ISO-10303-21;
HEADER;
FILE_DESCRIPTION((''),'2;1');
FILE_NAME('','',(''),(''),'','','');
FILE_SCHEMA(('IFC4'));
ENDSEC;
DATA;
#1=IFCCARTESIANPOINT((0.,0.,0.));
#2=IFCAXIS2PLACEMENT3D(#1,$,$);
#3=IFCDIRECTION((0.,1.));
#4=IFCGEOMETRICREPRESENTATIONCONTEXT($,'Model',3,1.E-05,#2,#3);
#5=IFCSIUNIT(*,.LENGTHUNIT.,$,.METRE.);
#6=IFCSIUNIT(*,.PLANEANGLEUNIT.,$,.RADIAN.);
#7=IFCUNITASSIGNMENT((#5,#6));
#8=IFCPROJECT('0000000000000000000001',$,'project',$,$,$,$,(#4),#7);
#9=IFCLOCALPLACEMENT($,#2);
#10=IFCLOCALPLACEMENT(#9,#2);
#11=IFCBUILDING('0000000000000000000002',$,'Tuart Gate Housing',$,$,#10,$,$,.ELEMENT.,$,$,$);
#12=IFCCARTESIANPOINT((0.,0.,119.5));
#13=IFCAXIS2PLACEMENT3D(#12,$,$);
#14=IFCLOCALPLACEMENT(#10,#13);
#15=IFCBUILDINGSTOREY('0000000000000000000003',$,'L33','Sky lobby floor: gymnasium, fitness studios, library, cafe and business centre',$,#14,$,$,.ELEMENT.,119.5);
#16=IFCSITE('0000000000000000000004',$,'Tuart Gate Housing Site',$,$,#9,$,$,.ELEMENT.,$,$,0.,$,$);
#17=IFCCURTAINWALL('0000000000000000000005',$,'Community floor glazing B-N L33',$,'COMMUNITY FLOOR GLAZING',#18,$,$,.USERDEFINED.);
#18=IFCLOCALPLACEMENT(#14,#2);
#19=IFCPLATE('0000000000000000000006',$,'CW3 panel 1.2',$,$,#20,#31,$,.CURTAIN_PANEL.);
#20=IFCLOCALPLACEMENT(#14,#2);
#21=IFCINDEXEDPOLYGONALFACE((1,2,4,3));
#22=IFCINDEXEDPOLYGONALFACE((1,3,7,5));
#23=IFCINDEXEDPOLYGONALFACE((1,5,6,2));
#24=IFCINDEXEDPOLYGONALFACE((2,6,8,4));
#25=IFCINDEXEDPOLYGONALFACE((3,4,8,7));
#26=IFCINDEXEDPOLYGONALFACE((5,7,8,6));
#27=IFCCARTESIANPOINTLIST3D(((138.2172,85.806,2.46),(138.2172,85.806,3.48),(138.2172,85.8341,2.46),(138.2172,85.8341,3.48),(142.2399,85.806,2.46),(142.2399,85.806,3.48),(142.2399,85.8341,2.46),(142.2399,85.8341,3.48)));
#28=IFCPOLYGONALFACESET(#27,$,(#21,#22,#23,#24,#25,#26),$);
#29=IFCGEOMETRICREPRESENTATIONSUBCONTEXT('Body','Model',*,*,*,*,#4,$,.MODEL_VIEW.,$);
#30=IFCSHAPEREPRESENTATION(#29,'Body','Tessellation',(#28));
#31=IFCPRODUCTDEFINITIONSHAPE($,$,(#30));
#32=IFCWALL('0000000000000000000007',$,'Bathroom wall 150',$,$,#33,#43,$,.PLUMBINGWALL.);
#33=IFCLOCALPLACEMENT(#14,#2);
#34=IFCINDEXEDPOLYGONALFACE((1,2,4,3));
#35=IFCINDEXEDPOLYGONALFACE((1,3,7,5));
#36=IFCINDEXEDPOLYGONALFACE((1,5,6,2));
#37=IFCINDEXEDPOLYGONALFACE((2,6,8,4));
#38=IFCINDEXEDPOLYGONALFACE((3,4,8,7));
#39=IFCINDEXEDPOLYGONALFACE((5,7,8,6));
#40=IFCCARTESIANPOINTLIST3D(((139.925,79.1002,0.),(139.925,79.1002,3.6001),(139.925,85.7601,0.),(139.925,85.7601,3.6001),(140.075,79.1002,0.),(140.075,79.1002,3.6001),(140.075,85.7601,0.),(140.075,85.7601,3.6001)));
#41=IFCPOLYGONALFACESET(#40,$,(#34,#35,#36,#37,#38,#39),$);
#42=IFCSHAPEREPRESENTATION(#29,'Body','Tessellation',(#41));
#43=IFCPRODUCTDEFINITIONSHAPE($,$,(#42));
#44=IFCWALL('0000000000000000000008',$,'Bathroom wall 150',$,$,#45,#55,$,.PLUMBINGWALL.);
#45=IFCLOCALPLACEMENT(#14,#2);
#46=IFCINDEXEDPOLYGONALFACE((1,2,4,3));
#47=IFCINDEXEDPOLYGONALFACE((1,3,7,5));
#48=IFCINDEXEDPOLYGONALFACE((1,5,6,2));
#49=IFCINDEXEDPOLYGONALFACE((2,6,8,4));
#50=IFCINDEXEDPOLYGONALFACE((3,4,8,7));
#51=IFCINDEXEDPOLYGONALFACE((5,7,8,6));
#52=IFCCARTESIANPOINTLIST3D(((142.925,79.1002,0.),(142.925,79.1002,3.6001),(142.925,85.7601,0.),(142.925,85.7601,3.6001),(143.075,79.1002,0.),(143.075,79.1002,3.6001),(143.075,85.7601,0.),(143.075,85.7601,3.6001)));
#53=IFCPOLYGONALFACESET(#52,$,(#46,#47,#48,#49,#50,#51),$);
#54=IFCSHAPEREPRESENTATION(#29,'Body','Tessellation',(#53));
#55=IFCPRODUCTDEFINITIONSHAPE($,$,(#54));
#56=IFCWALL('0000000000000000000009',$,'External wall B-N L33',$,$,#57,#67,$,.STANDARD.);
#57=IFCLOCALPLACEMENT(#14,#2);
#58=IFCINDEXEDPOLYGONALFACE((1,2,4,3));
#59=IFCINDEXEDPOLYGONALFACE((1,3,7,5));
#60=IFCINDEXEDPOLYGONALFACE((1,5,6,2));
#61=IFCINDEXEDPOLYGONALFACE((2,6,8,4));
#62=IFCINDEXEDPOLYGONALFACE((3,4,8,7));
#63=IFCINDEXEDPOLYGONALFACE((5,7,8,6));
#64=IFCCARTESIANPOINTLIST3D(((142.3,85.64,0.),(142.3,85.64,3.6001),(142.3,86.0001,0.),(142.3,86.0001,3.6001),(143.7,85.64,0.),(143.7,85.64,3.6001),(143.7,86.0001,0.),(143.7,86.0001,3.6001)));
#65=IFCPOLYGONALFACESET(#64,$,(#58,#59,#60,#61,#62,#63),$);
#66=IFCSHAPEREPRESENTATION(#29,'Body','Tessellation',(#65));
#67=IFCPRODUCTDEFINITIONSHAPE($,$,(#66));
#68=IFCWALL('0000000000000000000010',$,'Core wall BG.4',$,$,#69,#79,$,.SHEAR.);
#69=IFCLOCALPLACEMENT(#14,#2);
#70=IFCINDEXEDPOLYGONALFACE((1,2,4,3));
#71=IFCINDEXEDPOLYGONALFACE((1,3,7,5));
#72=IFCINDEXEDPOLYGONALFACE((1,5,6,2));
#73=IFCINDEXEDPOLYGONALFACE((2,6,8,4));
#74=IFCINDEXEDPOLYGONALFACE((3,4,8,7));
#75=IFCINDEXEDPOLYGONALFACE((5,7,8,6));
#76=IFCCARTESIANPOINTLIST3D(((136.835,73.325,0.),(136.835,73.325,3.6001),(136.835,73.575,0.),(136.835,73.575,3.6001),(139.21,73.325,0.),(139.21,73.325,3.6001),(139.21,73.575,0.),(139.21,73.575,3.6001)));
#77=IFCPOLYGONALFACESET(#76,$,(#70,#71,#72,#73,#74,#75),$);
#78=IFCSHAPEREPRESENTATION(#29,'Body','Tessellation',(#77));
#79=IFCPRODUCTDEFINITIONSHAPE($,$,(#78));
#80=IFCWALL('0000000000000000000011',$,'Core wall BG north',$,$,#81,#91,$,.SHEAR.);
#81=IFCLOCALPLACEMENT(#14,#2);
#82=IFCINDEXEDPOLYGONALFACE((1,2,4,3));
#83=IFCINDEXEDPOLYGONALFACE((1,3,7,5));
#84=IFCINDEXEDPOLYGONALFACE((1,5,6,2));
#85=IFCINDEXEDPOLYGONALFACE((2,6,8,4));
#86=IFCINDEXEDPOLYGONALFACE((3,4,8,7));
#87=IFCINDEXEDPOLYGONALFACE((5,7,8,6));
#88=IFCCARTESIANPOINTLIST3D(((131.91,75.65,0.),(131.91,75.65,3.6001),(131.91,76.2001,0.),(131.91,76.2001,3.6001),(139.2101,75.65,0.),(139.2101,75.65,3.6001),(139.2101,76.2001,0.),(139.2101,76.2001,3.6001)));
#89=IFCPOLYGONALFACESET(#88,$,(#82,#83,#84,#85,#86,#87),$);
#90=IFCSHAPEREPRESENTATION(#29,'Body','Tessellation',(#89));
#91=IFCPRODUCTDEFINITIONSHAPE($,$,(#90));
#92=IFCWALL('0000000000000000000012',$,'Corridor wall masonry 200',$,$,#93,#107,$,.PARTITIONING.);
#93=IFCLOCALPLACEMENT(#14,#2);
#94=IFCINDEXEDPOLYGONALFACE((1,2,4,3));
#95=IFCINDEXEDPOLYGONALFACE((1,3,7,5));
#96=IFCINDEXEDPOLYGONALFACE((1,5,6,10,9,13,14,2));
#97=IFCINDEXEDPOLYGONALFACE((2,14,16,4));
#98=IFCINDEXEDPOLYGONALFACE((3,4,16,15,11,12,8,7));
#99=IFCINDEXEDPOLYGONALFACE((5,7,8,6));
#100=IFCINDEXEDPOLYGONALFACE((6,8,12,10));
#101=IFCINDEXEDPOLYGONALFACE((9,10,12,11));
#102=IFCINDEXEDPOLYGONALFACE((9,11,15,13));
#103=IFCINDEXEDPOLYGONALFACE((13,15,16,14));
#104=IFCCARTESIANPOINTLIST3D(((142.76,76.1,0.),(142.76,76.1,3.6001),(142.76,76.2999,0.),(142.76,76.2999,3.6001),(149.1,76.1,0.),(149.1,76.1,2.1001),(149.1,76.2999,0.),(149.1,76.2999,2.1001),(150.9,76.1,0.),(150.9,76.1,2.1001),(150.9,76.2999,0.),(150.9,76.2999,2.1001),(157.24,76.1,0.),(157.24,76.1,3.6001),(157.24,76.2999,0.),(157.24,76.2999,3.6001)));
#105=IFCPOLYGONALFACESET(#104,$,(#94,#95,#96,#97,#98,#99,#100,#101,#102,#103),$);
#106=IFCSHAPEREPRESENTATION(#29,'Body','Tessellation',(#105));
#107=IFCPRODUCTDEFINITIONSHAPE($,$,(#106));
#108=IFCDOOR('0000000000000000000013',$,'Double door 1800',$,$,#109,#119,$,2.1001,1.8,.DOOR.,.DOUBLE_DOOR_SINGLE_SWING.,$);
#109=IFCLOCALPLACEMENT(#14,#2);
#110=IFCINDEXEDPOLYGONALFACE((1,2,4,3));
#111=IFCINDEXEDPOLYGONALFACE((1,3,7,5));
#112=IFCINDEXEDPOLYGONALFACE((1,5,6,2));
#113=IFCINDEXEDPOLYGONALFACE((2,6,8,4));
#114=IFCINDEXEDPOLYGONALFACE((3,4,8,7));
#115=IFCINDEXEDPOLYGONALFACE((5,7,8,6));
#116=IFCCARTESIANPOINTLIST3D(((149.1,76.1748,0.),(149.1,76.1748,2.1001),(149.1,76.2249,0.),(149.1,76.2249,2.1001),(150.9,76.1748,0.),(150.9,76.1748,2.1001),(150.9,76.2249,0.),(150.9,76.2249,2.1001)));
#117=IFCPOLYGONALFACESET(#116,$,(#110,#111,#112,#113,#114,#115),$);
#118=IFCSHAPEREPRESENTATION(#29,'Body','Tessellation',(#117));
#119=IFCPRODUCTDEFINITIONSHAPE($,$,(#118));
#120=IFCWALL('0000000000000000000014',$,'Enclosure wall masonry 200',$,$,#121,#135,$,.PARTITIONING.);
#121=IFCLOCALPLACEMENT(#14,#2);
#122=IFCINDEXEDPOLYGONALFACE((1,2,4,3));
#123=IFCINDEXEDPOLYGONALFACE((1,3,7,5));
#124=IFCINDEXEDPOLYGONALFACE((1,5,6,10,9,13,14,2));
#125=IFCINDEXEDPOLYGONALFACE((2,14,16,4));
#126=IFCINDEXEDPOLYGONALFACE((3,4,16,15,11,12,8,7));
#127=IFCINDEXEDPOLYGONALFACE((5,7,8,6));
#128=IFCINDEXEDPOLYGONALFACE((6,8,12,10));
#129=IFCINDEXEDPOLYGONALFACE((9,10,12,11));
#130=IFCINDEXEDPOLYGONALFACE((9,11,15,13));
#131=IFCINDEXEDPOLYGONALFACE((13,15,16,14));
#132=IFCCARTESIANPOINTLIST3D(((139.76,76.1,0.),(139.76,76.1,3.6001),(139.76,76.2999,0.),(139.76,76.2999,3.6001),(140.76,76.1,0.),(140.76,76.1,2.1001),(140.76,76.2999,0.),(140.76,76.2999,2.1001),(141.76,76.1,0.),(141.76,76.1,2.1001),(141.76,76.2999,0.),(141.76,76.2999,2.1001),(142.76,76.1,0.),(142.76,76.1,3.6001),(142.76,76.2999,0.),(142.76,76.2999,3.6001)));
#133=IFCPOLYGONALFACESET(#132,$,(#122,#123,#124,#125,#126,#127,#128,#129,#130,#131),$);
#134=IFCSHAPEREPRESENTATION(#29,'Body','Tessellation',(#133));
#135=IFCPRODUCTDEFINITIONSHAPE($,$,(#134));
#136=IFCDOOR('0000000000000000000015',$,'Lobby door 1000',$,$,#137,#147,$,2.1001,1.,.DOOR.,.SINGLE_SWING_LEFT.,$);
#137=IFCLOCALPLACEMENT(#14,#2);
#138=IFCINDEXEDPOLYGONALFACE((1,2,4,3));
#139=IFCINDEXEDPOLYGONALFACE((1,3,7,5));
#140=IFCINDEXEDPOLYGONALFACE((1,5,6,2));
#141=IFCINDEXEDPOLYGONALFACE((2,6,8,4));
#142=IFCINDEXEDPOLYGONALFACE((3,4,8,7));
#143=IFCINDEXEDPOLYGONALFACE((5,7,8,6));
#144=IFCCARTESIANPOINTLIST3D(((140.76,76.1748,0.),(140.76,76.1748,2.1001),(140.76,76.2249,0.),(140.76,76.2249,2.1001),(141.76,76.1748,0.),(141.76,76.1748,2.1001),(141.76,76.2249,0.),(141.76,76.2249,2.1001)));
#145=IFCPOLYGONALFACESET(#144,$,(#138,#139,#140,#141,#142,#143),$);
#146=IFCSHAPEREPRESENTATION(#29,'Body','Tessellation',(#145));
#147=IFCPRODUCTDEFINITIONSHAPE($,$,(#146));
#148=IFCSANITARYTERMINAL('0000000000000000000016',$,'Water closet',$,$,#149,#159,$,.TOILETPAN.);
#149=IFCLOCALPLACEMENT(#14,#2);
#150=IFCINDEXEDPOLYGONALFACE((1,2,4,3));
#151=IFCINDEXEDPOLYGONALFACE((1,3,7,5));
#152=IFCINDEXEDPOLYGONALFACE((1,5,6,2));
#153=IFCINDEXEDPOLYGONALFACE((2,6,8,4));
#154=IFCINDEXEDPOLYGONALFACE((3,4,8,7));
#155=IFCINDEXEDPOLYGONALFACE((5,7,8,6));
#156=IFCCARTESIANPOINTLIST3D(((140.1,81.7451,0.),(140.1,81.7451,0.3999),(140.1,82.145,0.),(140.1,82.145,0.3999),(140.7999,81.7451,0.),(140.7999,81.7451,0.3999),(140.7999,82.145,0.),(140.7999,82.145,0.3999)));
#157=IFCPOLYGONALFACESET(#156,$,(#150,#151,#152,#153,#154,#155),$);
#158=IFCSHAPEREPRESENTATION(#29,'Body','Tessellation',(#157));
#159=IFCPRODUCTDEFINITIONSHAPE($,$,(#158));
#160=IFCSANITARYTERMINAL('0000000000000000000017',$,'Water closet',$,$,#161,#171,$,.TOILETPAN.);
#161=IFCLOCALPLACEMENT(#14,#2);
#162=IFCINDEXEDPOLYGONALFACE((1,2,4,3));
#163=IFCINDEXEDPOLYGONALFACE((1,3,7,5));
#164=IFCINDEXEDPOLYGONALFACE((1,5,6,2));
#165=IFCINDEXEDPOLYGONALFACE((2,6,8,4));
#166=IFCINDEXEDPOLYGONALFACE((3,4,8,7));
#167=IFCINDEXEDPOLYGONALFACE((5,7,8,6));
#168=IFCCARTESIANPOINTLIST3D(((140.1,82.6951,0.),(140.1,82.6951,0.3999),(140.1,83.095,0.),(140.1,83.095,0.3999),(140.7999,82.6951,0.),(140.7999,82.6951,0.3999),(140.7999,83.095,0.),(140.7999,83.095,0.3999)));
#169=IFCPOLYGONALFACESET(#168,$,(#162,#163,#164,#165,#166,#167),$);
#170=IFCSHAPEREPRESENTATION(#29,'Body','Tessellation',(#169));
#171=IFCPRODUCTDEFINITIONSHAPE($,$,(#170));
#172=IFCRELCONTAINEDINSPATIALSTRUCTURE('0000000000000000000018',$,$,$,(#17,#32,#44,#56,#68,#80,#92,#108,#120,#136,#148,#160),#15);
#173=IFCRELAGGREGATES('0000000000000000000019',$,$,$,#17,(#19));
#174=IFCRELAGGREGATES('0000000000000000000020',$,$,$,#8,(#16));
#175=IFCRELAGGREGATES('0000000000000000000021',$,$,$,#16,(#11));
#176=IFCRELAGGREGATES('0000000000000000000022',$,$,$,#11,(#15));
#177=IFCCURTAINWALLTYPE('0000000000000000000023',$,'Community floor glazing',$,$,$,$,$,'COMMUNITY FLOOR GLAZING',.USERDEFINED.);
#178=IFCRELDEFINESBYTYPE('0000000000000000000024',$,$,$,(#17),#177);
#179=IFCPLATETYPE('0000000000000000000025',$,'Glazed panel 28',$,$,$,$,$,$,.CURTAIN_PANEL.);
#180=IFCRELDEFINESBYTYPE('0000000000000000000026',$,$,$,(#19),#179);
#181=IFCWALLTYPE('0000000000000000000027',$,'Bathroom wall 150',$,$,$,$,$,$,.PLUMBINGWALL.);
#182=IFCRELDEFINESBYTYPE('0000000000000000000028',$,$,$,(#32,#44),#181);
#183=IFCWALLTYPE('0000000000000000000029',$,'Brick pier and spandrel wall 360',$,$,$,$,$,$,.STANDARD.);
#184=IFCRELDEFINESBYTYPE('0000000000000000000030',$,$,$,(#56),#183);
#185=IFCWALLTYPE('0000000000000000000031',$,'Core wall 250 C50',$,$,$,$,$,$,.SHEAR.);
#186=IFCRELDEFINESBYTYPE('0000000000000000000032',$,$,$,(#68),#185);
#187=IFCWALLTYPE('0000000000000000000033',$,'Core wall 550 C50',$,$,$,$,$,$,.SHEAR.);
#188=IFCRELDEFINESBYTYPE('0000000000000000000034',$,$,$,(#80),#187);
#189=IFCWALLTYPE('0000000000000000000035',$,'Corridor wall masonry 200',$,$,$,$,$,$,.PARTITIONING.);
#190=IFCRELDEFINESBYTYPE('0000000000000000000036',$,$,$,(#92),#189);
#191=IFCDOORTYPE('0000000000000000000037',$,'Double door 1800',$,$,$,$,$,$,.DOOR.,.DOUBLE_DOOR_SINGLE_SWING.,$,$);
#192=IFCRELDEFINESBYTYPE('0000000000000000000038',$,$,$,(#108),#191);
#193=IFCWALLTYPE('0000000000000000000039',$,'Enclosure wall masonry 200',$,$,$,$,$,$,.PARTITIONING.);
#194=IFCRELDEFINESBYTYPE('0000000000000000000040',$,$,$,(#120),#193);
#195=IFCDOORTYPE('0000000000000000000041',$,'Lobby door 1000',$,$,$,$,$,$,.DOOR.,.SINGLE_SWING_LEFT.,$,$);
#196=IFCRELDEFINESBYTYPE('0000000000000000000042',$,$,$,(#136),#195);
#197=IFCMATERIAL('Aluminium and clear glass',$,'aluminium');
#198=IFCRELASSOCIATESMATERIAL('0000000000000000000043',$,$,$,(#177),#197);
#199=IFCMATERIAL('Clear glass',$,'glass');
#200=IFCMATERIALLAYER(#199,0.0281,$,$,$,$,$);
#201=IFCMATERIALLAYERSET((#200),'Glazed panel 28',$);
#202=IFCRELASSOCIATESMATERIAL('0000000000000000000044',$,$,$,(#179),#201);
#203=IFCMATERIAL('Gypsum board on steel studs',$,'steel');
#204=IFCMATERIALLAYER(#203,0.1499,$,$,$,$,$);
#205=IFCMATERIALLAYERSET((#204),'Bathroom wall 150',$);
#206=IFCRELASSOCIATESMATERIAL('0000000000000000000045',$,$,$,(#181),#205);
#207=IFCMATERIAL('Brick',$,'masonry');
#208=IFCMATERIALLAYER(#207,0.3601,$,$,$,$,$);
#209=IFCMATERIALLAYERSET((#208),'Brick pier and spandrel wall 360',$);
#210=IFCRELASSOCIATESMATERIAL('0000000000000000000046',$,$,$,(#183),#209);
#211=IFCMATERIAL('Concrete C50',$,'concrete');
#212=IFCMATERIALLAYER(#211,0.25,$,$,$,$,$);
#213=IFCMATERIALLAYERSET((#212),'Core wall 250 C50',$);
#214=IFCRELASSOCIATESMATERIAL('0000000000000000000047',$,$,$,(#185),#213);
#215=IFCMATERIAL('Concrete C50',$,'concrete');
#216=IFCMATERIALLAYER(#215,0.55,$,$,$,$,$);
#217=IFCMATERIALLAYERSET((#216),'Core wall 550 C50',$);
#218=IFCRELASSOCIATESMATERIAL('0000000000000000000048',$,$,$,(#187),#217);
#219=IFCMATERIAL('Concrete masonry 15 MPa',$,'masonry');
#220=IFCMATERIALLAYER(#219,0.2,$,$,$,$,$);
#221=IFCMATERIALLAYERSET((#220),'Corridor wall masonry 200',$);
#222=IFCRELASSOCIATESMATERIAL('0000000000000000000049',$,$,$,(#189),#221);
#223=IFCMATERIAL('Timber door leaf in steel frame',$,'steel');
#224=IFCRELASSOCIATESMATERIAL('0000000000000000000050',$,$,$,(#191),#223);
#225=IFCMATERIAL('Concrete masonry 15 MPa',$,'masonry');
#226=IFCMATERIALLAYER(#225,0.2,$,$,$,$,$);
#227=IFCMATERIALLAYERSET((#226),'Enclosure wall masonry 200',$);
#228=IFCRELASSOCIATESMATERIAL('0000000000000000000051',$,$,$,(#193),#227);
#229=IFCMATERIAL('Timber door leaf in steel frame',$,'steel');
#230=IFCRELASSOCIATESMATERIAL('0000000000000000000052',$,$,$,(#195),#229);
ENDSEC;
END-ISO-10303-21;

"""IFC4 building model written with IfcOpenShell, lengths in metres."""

from ifc_helpers import new_model, si_unit, direction, frame, frame_2d, origin, origin_2d, place, context, subcontext, project, spatial, rectangle, extrude, material, layer, layer_set, type_object, element, fill, aggregate, save


model = new_model("IFC4")

# Units and contexts
model_context = context("Model", 3, precision=1e-05, world=origin(), true_north=direction((0.0, 1.0)))
body_context = subcontext(model_context, "Body", "Model", "MODEL_VIEW")
ifc_project = project(units=[si_unit("LENGTHUNIT", "METRE"), si_unit("PLANEANGLEUNIT", "RADIAN")], contexts=[model_context])

# Site, building, storey
site_placement = place(None, origin())
site = spatial("IfcSite", under=ifc_project, at=site_placement, Name="Tuart Gate Housing Site", CompositionType="ELEMENT", RefElevation=0.0)
building_placement = place(site_placement, origin())
building = spatial("IfcBuilding", under=site, at=building_placement, Name="Tuart Gate Housing", CompositionType="ELEMENT")
storey_placement = place(building_placement, frame((0.0, 0.0, 119.5)))
storey = spatial("IfcBuildingStorey", under=building, at=storey_placement, Name="L33", Description="Sky lobby floor: gymnasium, fitness studios, library, cafe and business centre", CompositionType="ELEMENT", Elevation=119.5)

# Shared definitions
ifc_material_1 = material(Name="Aluminium and clear glass", Category="aluminium")
curtain_wall_type = type_object("IfcCurtainWallType", Name="Community floor glazing", ElementType="COMMUNITY FLOOR GLAZING", PredefinedType="USERDEFINED", material=ifc_material_1)

# Curtain wall
curtain_wall_1_placement = place(storey_placement, origin())
curtain_wall_1 = element("IfcCurtainWall", 1, at=curtain_wall_1_placement, inside=storey, type_object=curtain_wall_type, Name="Community floor glazing B-N L33", ObjectType="COMMUNITY FLOOR GLAZING", PredefinedType="USERDEFINED")

# Plate
ifc_material_2 = material(Name="Clear glass", Category="glass")
ifc_layer_1 = layer(ifc_material_2, 0.0281)
ifc_layer_set_1 = layer_set([ifc_layer_1], Name="Glazed panel 28")
plate_type = type_object("IfcPlateType", Name="Glazed panel 28", PredefinedType="CURTAIN_PANEL", material=ifc_layer_set_1)
plate_1_placement = place(storey_placement, frame((140.2285, 85.8201, 2.46), z_axis=(0.0, 0.0, 1.0), x_axis=(-1.0, 0.0, 0.0)))
plate_1 = element("IfcPlate", 2, at=plate_1_placement, type_object=plate_type, Name="CW3 panel 1.2", PredefinedType="CURTAIN_PANEL", context=body_context, shape_type="SweptSolid", body=[
    extrude(rectangle(XDim=4.0227, YDim=0.0281, at=origin_2d()), origin(), (0.0, 0.0, 1.0), 1.02),
])
aggregate(curtain_wall_1, [plate_1])

# Walls
ifc_material_3 = material(Name="Gypsum board on steel studs", Category="steel")
ifc_layer_2 = layer(ifc_material_3, 0.1499)
ifc_layer_set_2 = layer_set([ifc_layer_2], Name="Bathroom wall 150")
wall_type_1 = type_object("IfcWallType", Name="Bathroom wall 150", PredefinedType="PLUMBINGWALL", material=ifc_layer_set_2)
for number, where, z_axis, x_axis, name in (
    (3, (140.0, 79.1001, 0.0), (0.0, 0.0, 1.0), (0.0, 1.0, 0.0), "Bathroom wall 150"),
    (4, (143.0, 79.1001, 0.0), (0.0, 0.0, 1.0), (0.0, 1.0, 0.0), "Bathroom wall 150"),
):
    element("IfcWall", number, at=place(storey_placement, frame(where, z_axis=z_axis, x_axis=x_axis)), inside=storey, type_object=wall_type_1, Name=name, PredefinedType="PLUMBINGWALL", context=body_context, shape_type="SweptSolid", body=[
        extrude(rectangle(XDim=6.6599, YDim=0.1499, at=frame_2d((3.3301, 0.0))), origin(), (0.0, 0.0, 1.0), 3.6001),
    ])
ifc_material_4 = material(Name="Brick", Category="masonry")
ifc_layer_3 = layer(ifc_material_4, 0.3601)
ifc_layer_set_3 = layer_set([ifc_layer_3], Name="Brick pier and spandrel wall 360")
wall_type_2 = type_object("IfcWallType", Name="Brick pier and spandrel wall 360", PredefinedType="STANDARD", material=ifc_layer_set_3)
wall_1_placement = place(storey_placement, frame((143.7, 85.8201, 0.0), z_axis=(0.0, 0.0, 1.0), x_axis=(-1.0, 0.0, 0.0)))
element("IfcWall", 5, at=wall_1_placement, inside=storey, type_object=wall_type_2, Name="External wall B-N L33", PredefinedType="STANDARD", context=body_context, shape_type="SweptSolid", body=[
    extrude(rectangle(XDim=1.3999, YDim=0.3601, at=frame_2d((0.7, 0.0))), origin(), (0.0, 0.0, 1.0), 3.6001),
])
ifc_material_5 = material(Name="Concrete C50", Category="concrete")
ifc_layer_4 = layer(ifc_material_5, 0.25)
ifc_layer_set_4 = layer_set([ifc_layer_4], Name="Core wall 250 C50")
wall_type_3 = type_object("IfcWallType", Name="Core wall 250 C50", PredefinedType="SHEAR", material=ifc_layer_set_4)
wall_2_placement = place(storey_placement, frame((139.21, 73.45, 0.0), z_axis=(0.0, 0.0, 1.0), x_axis=(-1.0, 0.0, 0.0)))
element("IfcWall", 6, at=wall_2_placement, inside=storey, type_object=wall_type_3, Name="Core wall BG.4", PredefinedType="SHEAR", context=body_context, shape_type="SweptSolid", body=[
    extrude(rectangle(XDim=2.375, YDim=0.25, at=frame_2d((1.1875, 0.0))), origin(), (0.0, 0.0, 1.0), 3.6001),
])
ifc_material_6 = material(Name="Concrete C50", Category="concrete")
ifc_layer_5 = layer(ifc_material_6, 0.55)
ifc_layer_set_5 = layer_set([ifc_layer_5], Name="Core wall 550 C50")
wall_type_4 = type_object("IfcWallType", Name="Core wall 550 C50", PredefinedType="SHEAR", material=ifc_layer_set_5)
wall_3_placement = place(storey_placement, frame((139.21, 75.925, 0.0), z_axis=(0.0, 0.0, 1.0), x_axis=(-1.0, 0.0, 0.0)))
element("IfcWall", 7, at=wall_3_placement, inside=storey, type_object=wall_type_4, Name="Core wall BG north", PredefinedType="SHEAR", context=body_context, shape_type="SweptSolid", body=[
    extrude(rectangle(XDim=7.3, YDim=0.55, at=frame_2d((3.6499, 0.0))), origin(), (0.0, 0.0, 1.0), 3.6001),
])

# Walls, openings, doors
ifc_material_7 = material(Name="Concrete masonry 15 MPa", Category="masonry")
ifc_layer_6 = layer(ifc_material_7, 0.2)
ifc_layer_set_6 = layer_set([ifc_layer_6], Name="Corridor wall masonry 200")
wall_type_5 = type_object("IfcWallType", Name="Corridor wall masonry 200", PredefinedType="PARTITIONING", material=ifc_layer_set_6)
wall_4_placement = place(storey_placement, frame((142.76, 76.2, 0.0), z_axis=(0.0, 0.0, 1.0), x_axis=(1.0, 0.0, 0.0)))
wall_4 = element("IfcWall", 8, at=wall_4_placement, inside=storey, type_object=wall_type_5, Name="Corridor wall masonry 200", PredefinedType="PARTITIONING", context=body_context, shape_type="SweptSolid", body=[
    extrude(rectangle(XDim=14.48, YDim=0.2, at=frame_2d((7.24, 0.0))), origin(), (0.0, 0.0, 1.0), 3.6001),
])
opening_1_placement = place(wall_4_placement, frame((6.3401, 0.0, 0.0)))
opening_1 = element("IfcOpeningElement", 9, at=opening_1_placement, cuts=wall_4, PredefinedType="OPENING", context=body_context, shape_type="SweptSolid", body=[
    extrude(rectangle(XDim=1.8, YDim=2.1001, at=frame_2d((0.8999, 1.05))), frame((0.0, 0.1099, 0.0), z_axis=(0.0, -1.0, 0.0), x_axis=(1.0, 0.0, 0.0)), (0.0, 0.0, 1.0), 0.22),
])
ifc_material_8 = material(Name="Timber door leaf in steel frame", Category="steel")
door_type_1 = type_object("IfcDoorType", Name="Double door 1800", OperationType="DOUBLE_DOOR_SINGLE_SWING", PredefinedType="DOOR", material=ifc_material_8)
door_1_placement = place(opening_1_placement, origin())
door_1 = element("IfcDoor", 10, at=door_1_placement, inside=storey, type_object=door_type_1, Name="Double door 1800", OperationType="DOUBLE_DOOR_SINGLE_SWING", OverallHeight=2.1001, OverallWidth=1.8, PredefinedType="DOOR", context=body_context, shape_type="SweptSolid", body=[
    extrude(rectangle(XDim=1.8, YDim=2.1001, at=frame_2d((0.8999, 1.05))), frame((0.0, 0.0249, 0.0), z_axis=(0.0, -1.0, 0.0), x_axis=(1.0, 0.0, 0.0)), (0.0, 0.0, 1.0), 0.05),
])
fill(opening_1, door_1)
ifc_material_9 = material(Name="Concrete masonry 15 MPa", Category="masonry")
ifc_layer_7 = layer(ifc_material_9, 0.2)
ifc_layer_set_7 = layer_set([ifc_layer_7], Name="Enclosure wall masonry 200")
wall_type_6 = type_object("IfcWallType", Name="Enclosure wall masonry 200", PredefinedType="PARTITIONING", material=ifc_layer_set_7)
wall_5_placement = place(storey_placement, frame((139.76, 76.2, 0.0), z_axis=(0.0, 0.0, 1.0), x_axis=(1.0, 0.0, 0.0)))
wall_5 = element("IfcWall", 11, at=wall_5_placement, inside=storey, type_object=wall_type_6, Name="Enclosure wall masonry 200", PredefinedType="PARTITIONING", context=body_context, shape_type="SweptSolid", body=[
    extrude(rectangle(XDim=3.0, YDim=0.2, at=frame_2d((1.5, 0.0))), origin(), (0.0, 0.0, 1.0), 3.6001),
])
opening_2_placement = place(wall_5_placement, frame((1.0, 0.0, 0.0)))
opening_2 = element("IfcOpeningElement", 12, at=opening_2_placement, cuts=wall_5, PredefinedType="OPENING", context=body_context, shape_type="SweptSolid", body=[
    extrude(rectangle(XDim=1.0, YDim=2.1001, at=frame_2d((0.5, 1.05))), frame((0.0, 0.1099, 0.0), z_axis=(0.0, -1.0, 0.0), x_axis=(1.0, 0.0, 0.0)), (0.0, 0.0, 1.0), 0.22),
])
ifc_material_10 = material(Name="Timber door leaf in steel frame", Category="steel")
door_type_2 = type_object("IfcDoorType", Name="Lobby door 1000", OperationType="SINGLE_SWING_LEFT", PredefinedType="DOOR", material=ifc_material_10)
door_2_placement = place(opening_2_placement, frame((1.0, 0.0, 0.0), z_axis=(0.0, 0.0, 1.0), x_axis=(-1.0, 0.0, 0.0)))
door_2 = element("IfcDoor", 13, at=door_2_placement, inside=storey, type_object=door_type_2, Name="Lobby door 1000", OperationType="SINGLE_SWING_LEFT", OverallHeight=2.1001, OverallWidth=1.0, PredefinedType="DOOR", context=body_context, shape_type="SweptSolid", body=[
    extrude(rectangle(XDim=1.0, YDim=2.1001, at=frame_2d((0.5, 1.05))), frame((0.0, 0.0251, 0.0), z_axis=(0.0, -1.0, 0.0), x_axis=(1.0, 0.0, 0.0)), (0.0, 0.0, 1.0), 0.05),
])
fill(opening_2, door_2)

# Sanitary terminals
for number, where, z_axis, x_axis, name in (
    (14, (140.45, 81.9451, 0.0), (0.0, 0.0, 1.0), (1.0, 0.0, 0.0), "Water closet"),
    (15, (140.45, 82.895, 0.0), (0.0, 0.0, 1.0), (1.0, 0.0, 0.0), "Water closet"),
):
    element("IfcSanitaryTerminal", number, at=place(storey_placement, frame(where, z_axis=z_axis, x_axis=x_axis)), inside=storey, Name=name, PredefinedType="TOILETPAN", context=body_context, shape_type="SweptSolid", body=[
        extrude(rectangle(XDim=0.7, YDim=0.3999, at=origin_2d()), origin(), (0.0, 0.0, 1.0), 0.3999),
    ])

save(model, "model.ifc")
